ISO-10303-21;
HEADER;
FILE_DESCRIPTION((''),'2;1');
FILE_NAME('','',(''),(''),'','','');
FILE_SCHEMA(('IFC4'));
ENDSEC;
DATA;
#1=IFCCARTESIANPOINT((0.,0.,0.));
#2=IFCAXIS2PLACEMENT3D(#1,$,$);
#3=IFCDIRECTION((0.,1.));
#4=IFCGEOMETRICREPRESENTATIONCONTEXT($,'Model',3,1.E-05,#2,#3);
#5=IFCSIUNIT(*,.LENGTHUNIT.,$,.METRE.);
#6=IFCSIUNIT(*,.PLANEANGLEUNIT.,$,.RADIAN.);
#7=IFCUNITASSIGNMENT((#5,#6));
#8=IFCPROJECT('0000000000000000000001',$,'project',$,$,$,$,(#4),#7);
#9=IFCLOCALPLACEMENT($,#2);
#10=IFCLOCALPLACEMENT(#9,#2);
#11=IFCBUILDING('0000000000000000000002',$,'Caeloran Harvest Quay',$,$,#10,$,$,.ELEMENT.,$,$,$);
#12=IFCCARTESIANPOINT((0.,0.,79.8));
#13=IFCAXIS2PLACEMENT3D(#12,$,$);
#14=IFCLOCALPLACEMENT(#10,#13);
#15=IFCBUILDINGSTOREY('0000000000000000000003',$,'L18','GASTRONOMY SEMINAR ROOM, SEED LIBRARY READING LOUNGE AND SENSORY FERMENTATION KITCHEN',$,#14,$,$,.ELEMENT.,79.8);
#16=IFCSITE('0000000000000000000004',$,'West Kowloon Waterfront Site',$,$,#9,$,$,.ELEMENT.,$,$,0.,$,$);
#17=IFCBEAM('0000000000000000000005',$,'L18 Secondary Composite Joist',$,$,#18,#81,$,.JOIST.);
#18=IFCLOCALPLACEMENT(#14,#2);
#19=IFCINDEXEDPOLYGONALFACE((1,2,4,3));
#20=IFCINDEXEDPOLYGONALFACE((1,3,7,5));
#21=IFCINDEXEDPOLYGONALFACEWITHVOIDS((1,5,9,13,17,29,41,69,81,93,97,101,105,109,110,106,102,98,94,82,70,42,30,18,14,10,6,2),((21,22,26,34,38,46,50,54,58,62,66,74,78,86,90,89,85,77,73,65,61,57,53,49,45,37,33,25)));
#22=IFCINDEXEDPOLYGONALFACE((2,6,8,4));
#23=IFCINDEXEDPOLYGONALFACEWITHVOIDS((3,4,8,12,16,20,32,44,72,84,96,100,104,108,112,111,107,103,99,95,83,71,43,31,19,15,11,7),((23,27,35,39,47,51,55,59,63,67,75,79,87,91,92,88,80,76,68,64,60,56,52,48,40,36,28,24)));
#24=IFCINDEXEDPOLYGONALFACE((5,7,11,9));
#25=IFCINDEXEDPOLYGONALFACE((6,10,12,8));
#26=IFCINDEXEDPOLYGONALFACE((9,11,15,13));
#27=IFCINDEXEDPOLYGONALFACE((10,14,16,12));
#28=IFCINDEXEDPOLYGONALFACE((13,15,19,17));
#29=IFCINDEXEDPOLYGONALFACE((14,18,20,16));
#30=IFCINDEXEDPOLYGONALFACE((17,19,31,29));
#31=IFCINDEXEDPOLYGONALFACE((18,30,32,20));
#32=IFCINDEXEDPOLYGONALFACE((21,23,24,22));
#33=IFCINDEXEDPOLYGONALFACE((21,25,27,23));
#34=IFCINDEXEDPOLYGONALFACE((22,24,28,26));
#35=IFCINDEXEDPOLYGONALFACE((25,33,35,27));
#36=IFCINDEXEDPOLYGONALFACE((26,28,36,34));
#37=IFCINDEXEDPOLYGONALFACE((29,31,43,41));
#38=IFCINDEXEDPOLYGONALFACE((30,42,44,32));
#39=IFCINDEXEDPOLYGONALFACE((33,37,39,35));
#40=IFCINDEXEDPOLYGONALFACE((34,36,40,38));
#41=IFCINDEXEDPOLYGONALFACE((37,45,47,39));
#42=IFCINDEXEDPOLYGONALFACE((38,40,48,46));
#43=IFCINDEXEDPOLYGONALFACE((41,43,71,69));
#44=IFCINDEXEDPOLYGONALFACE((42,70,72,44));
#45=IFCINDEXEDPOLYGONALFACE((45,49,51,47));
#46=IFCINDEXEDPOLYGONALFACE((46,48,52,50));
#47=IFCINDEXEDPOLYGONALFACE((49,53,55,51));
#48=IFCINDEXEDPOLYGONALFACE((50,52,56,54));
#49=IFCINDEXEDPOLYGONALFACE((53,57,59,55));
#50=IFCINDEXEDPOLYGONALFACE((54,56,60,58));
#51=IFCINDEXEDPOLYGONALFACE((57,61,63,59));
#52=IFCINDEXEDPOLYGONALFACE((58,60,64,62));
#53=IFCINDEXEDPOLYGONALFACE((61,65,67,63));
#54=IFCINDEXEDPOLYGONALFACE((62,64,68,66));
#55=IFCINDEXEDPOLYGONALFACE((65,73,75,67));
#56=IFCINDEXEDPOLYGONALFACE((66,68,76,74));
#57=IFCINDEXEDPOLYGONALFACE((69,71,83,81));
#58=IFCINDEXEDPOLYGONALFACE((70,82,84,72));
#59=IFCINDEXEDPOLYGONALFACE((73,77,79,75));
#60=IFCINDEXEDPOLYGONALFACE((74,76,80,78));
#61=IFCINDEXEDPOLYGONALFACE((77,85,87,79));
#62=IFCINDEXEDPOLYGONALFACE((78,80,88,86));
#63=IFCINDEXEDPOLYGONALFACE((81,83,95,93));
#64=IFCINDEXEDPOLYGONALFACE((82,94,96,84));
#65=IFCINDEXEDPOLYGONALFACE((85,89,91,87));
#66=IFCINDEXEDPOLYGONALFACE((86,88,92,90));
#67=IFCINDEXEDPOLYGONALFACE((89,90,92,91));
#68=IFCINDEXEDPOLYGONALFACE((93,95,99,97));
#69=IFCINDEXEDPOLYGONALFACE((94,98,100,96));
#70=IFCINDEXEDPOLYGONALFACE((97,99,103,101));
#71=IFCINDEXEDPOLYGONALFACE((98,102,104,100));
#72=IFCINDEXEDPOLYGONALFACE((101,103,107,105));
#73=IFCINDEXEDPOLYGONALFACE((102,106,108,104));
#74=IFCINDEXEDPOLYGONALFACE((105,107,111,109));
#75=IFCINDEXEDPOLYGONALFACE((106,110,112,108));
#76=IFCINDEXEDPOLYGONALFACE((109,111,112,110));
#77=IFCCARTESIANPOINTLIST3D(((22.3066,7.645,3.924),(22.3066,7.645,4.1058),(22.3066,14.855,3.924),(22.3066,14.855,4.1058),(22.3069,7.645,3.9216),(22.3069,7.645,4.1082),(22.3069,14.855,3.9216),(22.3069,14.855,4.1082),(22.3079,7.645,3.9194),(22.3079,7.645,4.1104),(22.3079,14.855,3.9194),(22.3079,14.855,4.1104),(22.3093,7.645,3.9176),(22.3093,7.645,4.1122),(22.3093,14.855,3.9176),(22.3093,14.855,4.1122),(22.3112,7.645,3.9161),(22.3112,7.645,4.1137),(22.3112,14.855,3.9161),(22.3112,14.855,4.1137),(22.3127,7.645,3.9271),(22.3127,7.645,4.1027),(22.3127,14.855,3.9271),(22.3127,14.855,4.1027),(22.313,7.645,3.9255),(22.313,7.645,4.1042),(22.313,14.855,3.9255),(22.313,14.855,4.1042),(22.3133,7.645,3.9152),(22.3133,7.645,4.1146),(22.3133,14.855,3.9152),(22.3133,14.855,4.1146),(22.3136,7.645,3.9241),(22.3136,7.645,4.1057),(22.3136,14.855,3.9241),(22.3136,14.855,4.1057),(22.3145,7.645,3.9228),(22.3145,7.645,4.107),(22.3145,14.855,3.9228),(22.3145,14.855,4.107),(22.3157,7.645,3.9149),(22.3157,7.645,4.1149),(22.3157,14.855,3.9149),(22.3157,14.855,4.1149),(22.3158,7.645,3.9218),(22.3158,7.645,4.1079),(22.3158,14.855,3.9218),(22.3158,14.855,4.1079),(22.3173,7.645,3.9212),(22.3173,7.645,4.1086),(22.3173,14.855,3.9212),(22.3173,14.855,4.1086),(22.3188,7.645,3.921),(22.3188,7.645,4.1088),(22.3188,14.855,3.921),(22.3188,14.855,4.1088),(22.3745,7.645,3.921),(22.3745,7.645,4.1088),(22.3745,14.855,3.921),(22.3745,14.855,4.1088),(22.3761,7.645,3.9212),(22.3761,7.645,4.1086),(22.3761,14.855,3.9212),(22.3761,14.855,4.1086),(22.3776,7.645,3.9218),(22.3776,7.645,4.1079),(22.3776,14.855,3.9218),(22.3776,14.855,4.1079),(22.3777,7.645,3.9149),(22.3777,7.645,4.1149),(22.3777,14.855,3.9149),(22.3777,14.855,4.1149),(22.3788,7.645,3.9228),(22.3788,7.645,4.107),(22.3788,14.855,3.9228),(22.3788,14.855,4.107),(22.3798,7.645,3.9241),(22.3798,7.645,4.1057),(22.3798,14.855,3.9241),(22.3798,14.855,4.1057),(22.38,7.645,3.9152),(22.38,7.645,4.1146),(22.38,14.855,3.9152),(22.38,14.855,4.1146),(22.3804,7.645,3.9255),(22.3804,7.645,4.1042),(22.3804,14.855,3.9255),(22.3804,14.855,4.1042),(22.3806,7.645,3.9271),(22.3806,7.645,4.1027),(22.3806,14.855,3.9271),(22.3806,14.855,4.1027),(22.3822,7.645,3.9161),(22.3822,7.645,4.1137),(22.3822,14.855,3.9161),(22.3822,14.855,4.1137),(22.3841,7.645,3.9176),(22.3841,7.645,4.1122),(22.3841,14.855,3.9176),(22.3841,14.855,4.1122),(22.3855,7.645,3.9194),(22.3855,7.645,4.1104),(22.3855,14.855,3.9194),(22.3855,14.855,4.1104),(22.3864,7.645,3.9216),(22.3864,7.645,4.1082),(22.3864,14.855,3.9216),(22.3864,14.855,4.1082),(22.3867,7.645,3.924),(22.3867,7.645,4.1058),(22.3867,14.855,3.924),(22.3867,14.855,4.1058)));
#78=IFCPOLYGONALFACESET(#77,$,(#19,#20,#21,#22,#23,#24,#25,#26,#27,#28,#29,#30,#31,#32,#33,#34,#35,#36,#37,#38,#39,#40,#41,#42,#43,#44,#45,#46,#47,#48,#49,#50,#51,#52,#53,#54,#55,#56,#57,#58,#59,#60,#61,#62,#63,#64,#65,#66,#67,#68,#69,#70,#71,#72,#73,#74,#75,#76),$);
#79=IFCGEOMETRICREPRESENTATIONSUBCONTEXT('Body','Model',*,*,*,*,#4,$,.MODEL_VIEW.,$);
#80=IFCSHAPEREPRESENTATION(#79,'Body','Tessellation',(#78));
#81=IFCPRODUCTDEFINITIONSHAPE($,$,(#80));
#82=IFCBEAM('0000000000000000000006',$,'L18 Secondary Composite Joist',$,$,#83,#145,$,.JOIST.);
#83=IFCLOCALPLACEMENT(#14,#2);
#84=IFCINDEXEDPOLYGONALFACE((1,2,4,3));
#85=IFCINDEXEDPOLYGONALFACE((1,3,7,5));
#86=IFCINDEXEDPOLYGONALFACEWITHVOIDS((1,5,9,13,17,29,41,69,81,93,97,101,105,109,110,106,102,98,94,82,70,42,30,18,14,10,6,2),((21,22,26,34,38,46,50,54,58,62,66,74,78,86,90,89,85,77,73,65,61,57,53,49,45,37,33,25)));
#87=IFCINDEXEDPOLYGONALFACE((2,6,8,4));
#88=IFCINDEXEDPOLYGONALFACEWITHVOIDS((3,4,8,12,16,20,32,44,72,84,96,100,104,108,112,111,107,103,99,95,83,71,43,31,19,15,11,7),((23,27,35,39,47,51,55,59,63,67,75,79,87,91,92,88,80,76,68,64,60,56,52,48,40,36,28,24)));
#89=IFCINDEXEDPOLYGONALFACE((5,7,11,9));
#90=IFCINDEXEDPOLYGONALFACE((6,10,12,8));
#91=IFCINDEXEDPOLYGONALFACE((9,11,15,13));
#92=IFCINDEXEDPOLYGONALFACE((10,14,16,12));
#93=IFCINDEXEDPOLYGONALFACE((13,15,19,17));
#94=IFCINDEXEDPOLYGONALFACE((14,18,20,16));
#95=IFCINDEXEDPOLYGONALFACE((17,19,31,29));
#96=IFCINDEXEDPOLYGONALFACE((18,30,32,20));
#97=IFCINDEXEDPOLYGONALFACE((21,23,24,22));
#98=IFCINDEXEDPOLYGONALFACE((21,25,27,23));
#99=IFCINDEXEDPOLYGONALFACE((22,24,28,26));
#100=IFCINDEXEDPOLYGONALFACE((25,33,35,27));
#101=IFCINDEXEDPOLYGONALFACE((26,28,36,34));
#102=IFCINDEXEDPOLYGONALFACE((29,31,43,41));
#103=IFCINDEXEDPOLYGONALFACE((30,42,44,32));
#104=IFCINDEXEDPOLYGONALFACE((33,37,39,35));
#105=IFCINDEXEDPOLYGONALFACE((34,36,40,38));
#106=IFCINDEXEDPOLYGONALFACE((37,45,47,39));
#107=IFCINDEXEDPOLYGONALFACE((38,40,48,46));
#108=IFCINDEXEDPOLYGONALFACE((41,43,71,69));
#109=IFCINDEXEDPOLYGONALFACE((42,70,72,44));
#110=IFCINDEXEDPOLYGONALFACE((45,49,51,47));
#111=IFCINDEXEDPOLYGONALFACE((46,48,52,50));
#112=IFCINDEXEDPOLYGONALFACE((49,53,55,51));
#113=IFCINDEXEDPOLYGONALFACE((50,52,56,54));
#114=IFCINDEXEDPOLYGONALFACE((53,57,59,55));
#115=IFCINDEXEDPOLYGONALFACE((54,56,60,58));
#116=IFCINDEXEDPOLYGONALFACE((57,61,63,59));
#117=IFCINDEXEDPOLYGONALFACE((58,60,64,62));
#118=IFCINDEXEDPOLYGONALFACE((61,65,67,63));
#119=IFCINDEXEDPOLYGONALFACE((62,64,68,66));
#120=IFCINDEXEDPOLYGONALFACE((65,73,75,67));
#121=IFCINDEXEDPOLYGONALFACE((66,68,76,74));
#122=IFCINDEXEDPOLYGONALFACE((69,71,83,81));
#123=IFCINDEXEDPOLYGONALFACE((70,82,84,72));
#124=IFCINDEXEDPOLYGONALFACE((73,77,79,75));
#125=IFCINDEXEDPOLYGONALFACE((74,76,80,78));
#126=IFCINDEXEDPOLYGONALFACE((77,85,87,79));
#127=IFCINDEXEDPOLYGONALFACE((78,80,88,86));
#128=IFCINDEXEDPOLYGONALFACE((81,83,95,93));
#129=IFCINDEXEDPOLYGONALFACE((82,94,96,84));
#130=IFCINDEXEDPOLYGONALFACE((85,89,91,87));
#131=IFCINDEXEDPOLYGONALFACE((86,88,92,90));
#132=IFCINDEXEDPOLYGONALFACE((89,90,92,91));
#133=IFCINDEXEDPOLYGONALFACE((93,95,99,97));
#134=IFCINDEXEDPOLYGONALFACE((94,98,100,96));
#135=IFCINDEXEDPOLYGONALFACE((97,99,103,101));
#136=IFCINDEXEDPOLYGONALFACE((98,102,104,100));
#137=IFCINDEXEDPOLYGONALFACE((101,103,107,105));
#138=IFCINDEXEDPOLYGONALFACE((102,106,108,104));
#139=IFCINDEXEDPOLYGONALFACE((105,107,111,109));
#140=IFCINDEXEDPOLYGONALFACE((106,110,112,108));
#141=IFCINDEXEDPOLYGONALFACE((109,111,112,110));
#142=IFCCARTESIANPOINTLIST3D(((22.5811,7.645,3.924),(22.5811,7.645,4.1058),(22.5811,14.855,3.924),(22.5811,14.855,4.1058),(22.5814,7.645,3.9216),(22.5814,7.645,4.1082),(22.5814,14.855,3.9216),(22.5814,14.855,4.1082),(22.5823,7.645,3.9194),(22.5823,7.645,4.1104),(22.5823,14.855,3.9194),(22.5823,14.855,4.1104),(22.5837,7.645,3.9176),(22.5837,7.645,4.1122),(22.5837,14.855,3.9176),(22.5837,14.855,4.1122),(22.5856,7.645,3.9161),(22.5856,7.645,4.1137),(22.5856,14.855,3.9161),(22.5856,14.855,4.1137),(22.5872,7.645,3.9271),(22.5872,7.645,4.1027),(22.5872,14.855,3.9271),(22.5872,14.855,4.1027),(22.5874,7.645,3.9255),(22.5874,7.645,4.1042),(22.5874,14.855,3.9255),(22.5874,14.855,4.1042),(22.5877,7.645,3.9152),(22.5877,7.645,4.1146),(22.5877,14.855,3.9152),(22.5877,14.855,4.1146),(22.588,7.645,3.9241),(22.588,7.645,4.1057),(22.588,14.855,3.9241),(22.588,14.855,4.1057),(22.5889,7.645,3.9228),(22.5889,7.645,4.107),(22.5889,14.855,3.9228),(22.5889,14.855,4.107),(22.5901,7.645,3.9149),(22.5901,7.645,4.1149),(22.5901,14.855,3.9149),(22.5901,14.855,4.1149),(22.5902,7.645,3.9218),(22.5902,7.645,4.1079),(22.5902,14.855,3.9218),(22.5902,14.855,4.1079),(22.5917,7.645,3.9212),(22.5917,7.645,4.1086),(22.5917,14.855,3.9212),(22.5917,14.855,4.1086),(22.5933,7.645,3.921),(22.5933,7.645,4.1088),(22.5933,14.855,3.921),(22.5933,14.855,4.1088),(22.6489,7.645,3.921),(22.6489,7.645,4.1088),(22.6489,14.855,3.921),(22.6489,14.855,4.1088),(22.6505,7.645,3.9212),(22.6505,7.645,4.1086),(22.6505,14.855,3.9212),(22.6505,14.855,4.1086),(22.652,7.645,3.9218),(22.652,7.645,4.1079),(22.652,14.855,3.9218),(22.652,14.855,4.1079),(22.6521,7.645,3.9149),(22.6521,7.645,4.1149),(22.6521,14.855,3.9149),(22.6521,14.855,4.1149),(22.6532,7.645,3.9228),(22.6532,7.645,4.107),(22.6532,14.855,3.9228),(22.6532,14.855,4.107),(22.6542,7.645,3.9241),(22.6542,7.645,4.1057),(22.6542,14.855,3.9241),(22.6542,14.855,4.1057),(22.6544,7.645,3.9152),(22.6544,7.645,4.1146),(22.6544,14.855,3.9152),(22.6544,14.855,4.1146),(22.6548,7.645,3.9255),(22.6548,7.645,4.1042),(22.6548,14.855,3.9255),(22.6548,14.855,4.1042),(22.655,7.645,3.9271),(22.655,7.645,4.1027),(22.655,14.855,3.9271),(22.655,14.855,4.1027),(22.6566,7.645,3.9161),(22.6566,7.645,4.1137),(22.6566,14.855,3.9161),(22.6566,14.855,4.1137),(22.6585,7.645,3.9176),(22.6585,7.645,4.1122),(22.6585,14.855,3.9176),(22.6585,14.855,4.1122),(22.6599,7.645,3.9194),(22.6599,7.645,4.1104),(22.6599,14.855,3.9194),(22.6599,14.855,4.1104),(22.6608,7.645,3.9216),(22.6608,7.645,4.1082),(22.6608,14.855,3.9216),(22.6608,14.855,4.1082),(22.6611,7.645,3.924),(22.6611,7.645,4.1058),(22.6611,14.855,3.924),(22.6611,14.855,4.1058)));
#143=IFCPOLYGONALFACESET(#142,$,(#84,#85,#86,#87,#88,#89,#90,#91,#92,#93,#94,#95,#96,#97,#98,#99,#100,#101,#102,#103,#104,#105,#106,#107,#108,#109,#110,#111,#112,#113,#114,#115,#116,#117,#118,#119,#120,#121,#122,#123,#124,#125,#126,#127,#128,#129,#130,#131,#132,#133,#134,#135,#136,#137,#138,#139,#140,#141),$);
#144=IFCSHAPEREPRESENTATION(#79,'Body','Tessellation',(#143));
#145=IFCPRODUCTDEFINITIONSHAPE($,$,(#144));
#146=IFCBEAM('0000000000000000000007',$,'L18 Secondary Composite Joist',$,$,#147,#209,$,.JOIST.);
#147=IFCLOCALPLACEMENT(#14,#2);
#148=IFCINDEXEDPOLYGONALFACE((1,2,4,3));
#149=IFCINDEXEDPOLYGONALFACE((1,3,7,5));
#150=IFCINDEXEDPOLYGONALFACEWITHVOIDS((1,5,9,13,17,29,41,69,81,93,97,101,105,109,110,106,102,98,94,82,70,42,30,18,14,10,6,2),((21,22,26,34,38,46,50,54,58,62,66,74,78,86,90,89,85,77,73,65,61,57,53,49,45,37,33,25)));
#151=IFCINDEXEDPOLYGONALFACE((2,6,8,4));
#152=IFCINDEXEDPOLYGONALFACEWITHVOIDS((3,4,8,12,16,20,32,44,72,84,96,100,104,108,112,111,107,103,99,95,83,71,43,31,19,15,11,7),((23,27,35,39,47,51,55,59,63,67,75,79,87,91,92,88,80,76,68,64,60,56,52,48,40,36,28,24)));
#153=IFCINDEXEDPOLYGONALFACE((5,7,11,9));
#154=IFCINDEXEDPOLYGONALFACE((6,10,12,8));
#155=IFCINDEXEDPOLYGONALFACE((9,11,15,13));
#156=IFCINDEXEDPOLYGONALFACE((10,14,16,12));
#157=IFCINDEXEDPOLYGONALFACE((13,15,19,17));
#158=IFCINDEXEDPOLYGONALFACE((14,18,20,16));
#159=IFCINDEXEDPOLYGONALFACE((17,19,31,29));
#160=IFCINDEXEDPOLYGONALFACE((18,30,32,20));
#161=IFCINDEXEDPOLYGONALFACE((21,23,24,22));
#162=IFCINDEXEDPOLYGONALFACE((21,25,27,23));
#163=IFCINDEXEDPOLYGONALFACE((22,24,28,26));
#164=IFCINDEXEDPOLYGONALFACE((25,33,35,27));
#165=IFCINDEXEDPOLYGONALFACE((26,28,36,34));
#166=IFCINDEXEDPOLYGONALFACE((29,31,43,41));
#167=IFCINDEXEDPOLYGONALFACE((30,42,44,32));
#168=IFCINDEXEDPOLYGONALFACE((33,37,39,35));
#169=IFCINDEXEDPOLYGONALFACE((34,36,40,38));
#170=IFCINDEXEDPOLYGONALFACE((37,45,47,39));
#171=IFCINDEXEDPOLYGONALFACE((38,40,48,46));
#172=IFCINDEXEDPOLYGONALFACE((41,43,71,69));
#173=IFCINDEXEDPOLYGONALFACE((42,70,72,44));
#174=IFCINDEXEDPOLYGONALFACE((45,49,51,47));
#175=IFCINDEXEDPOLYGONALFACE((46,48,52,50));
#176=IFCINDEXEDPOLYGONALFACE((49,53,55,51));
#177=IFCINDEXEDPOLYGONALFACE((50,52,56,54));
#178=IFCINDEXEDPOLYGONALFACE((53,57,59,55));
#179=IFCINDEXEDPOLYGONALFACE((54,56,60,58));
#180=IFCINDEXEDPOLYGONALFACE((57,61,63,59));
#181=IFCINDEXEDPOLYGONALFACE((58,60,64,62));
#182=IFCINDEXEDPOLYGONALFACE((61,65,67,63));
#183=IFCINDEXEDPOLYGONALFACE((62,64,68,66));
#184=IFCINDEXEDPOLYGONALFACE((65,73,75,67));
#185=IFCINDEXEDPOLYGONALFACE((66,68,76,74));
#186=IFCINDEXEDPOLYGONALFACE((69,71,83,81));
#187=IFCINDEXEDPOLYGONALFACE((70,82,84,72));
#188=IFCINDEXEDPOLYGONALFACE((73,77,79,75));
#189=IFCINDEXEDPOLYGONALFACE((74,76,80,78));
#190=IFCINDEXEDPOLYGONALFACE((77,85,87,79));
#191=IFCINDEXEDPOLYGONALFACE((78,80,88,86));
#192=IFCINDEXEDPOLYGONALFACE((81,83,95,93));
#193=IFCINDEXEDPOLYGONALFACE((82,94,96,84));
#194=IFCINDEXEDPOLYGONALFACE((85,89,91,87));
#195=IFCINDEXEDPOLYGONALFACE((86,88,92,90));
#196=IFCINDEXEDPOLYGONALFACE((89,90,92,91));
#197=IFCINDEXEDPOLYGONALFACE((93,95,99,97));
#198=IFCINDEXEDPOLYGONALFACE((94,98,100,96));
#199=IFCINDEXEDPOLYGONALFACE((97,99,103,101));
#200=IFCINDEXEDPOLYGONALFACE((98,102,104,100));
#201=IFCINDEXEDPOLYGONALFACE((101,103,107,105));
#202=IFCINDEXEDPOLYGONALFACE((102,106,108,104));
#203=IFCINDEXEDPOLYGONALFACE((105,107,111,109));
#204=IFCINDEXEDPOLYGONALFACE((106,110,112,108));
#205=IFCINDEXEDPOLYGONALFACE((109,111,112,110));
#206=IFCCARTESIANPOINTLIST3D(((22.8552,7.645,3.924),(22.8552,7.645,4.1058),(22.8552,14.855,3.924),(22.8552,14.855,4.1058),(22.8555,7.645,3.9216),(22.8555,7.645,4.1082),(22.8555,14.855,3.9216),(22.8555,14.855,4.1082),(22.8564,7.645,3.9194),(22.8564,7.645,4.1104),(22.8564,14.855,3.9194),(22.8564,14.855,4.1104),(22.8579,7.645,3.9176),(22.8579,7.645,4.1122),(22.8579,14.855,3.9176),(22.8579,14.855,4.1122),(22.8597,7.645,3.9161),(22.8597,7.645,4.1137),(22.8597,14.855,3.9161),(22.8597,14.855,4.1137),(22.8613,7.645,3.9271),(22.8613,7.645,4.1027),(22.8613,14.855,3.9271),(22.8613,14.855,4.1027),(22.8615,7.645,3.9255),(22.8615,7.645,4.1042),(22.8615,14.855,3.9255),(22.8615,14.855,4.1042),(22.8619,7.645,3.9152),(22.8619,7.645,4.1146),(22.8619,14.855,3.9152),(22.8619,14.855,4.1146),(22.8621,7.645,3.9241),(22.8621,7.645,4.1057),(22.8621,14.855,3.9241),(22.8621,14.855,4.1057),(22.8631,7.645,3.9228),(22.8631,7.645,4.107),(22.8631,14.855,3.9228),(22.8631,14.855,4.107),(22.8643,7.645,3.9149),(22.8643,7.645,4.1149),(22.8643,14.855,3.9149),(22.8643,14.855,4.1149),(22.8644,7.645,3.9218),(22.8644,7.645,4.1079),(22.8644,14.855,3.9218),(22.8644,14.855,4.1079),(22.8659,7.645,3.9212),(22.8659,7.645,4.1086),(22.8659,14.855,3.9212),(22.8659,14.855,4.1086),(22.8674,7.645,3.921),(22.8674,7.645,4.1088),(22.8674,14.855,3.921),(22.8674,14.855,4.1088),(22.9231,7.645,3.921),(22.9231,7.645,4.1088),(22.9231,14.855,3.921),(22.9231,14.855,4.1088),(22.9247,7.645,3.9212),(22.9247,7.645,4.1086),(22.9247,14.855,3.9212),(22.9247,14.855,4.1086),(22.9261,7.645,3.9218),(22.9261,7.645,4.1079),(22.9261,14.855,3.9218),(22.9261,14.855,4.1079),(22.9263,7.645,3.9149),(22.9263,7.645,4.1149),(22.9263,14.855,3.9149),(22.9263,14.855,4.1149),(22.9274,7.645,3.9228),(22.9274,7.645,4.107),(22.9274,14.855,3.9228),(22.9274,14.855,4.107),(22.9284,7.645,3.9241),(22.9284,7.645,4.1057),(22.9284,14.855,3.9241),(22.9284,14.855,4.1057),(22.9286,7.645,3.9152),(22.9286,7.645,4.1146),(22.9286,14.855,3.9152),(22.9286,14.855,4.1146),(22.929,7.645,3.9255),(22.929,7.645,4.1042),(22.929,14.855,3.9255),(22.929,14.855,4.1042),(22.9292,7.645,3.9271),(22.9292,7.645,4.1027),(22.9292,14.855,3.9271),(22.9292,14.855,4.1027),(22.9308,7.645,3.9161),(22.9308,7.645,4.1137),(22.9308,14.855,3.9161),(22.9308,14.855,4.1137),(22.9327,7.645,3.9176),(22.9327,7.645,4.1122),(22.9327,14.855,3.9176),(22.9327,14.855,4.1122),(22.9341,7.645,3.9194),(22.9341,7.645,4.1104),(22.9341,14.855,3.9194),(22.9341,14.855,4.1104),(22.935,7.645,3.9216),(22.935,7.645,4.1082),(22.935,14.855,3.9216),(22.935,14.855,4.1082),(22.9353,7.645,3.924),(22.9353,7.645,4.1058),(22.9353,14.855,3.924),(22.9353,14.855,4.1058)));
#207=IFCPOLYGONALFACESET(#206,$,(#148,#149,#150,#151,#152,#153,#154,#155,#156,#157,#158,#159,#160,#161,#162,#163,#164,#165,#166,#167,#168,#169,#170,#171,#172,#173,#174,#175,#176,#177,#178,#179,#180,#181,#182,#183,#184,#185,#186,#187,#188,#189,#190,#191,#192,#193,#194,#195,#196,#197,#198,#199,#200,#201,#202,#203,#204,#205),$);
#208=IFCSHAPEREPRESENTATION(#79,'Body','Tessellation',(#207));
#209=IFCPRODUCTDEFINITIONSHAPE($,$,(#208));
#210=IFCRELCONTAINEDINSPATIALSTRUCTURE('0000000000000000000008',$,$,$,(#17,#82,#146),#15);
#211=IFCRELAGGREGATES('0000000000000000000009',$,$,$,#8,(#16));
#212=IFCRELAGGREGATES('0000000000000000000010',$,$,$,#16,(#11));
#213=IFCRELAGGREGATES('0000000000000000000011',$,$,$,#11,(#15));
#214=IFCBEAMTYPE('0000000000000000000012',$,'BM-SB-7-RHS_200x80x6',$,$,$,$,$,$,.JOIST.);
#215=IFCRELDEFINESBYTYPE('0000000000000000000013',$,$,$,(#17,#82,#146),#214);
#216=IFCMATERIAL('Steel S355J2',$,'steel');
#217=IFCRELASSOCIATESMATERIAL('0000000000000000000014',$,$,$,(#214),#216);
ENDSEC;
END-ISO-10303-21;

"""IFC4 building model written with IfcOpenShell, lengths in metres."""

from ifc_helpers import new_model, si_unit, direction, frame, origin, origin_2d, place, context, subcontext, project, spatial, hollow_rectangle, extrude, material, material_profile, profile_set, type_object, element, save


model = new_model("IFC4")

# Units and contexts
model_context = context("Model", 3, precision=1e-05, world=origin(), true_north=direction((0.0, 1.0)))
body_context = subcontext(model_context, "Body", "Model", "MODEL_VIEW")
ifc_project = project(units=[si_unit("LENGTHUNIT", "METRE"), si_unit("PLANEANGLEUNIT", "RADIAN")], contexts=[model_context])

# Site, building, storey
site_placement = place(None, origin())
site = spatial("IfcSite", under=ifc_project, at=site_placement, Name="West Kowloon Waterfront Site", CompositionType="ELEMENT", RefElevation=0.0)
building_placement = place(site_placement, origin())
building = spatial("IfcBuilding", under=site, at=building_placement, Name="Caeloran Harvest Quay", CompositionType="ELEMENT")
storey_placement = place(building_placement, frame((0.0, 0.0, 79.8)))
storey = spatial("IfcBuildingStorey", under=building, at=storey_placement, Name="L18", Description="GASTRONOMY SEMINAR ROOM, SEED LIBRARY READING LOUNGE AND SENSORY FERMENTATION KITCHEN", CompositionType="ELEMENT", Elevation=79.8)

# Beams
ifc_material_1 = material(Name="Steel S355J2", Category="steel")
ifc_material_profile_1 = material_profile(ifc_material_1, hollow_rectangle(XDim=0.0801, YDim=0.2, WallThickness=0.0061, InnerFilletRadius=0.0061, OuterFilletRadius=0.009, at=origin_2d()), Name="RHS 200x80x6")
ifc_profile_set_1 = profile_set([ifc_material_profile_1], Name="Steel S355J2")
beam_type_1 = type_object("IfcBeamType", Name="BM-SB-7-RHS_200x80x6", PredefinedType="JOIST", material=ifc_profile_set_1)
for number, where, z_axis, x_axis, name in (
    (1, (22.3467, 7.645, 4.0149), (0.0, 1.0, 0.0), (-1.0, 0.0, 0.0), "L18 Secondary Composite Joist"),
    (2, (22.6211, 7.645, 4.0149), (0.0, 1.0, 0.0), (-1.0, 0.0, 0.0), "L18 Secondary Composite Joist"),
    (3, (22.8953, 7.645, 4.0149), (0.0, 1.0, 0.0), (-1.0, 0.0, 0.0), "L18 Secondary Composite Joist"),
):
    element("IfcBeam", number, at=place(storey_placement, frame(where, z_axis=z_axis, x_axis=x_axis)), inside=storey, type_object=beam_type_1, Name=name, PredefinedType="JOIST", context=body_context, shape_type="SweptSolid", body=[
        extrude(hollow_rectangle(XDim=0.0801, YDim=0.2, WallThickness=0.0061, InnerFilletRadius=0.0061, OuterFilletRadius=0.009, at=origin_2d()), origin(), (0.0, 0.0, 1.0), 7.21),
    ])

save(model, "model.ifc")
